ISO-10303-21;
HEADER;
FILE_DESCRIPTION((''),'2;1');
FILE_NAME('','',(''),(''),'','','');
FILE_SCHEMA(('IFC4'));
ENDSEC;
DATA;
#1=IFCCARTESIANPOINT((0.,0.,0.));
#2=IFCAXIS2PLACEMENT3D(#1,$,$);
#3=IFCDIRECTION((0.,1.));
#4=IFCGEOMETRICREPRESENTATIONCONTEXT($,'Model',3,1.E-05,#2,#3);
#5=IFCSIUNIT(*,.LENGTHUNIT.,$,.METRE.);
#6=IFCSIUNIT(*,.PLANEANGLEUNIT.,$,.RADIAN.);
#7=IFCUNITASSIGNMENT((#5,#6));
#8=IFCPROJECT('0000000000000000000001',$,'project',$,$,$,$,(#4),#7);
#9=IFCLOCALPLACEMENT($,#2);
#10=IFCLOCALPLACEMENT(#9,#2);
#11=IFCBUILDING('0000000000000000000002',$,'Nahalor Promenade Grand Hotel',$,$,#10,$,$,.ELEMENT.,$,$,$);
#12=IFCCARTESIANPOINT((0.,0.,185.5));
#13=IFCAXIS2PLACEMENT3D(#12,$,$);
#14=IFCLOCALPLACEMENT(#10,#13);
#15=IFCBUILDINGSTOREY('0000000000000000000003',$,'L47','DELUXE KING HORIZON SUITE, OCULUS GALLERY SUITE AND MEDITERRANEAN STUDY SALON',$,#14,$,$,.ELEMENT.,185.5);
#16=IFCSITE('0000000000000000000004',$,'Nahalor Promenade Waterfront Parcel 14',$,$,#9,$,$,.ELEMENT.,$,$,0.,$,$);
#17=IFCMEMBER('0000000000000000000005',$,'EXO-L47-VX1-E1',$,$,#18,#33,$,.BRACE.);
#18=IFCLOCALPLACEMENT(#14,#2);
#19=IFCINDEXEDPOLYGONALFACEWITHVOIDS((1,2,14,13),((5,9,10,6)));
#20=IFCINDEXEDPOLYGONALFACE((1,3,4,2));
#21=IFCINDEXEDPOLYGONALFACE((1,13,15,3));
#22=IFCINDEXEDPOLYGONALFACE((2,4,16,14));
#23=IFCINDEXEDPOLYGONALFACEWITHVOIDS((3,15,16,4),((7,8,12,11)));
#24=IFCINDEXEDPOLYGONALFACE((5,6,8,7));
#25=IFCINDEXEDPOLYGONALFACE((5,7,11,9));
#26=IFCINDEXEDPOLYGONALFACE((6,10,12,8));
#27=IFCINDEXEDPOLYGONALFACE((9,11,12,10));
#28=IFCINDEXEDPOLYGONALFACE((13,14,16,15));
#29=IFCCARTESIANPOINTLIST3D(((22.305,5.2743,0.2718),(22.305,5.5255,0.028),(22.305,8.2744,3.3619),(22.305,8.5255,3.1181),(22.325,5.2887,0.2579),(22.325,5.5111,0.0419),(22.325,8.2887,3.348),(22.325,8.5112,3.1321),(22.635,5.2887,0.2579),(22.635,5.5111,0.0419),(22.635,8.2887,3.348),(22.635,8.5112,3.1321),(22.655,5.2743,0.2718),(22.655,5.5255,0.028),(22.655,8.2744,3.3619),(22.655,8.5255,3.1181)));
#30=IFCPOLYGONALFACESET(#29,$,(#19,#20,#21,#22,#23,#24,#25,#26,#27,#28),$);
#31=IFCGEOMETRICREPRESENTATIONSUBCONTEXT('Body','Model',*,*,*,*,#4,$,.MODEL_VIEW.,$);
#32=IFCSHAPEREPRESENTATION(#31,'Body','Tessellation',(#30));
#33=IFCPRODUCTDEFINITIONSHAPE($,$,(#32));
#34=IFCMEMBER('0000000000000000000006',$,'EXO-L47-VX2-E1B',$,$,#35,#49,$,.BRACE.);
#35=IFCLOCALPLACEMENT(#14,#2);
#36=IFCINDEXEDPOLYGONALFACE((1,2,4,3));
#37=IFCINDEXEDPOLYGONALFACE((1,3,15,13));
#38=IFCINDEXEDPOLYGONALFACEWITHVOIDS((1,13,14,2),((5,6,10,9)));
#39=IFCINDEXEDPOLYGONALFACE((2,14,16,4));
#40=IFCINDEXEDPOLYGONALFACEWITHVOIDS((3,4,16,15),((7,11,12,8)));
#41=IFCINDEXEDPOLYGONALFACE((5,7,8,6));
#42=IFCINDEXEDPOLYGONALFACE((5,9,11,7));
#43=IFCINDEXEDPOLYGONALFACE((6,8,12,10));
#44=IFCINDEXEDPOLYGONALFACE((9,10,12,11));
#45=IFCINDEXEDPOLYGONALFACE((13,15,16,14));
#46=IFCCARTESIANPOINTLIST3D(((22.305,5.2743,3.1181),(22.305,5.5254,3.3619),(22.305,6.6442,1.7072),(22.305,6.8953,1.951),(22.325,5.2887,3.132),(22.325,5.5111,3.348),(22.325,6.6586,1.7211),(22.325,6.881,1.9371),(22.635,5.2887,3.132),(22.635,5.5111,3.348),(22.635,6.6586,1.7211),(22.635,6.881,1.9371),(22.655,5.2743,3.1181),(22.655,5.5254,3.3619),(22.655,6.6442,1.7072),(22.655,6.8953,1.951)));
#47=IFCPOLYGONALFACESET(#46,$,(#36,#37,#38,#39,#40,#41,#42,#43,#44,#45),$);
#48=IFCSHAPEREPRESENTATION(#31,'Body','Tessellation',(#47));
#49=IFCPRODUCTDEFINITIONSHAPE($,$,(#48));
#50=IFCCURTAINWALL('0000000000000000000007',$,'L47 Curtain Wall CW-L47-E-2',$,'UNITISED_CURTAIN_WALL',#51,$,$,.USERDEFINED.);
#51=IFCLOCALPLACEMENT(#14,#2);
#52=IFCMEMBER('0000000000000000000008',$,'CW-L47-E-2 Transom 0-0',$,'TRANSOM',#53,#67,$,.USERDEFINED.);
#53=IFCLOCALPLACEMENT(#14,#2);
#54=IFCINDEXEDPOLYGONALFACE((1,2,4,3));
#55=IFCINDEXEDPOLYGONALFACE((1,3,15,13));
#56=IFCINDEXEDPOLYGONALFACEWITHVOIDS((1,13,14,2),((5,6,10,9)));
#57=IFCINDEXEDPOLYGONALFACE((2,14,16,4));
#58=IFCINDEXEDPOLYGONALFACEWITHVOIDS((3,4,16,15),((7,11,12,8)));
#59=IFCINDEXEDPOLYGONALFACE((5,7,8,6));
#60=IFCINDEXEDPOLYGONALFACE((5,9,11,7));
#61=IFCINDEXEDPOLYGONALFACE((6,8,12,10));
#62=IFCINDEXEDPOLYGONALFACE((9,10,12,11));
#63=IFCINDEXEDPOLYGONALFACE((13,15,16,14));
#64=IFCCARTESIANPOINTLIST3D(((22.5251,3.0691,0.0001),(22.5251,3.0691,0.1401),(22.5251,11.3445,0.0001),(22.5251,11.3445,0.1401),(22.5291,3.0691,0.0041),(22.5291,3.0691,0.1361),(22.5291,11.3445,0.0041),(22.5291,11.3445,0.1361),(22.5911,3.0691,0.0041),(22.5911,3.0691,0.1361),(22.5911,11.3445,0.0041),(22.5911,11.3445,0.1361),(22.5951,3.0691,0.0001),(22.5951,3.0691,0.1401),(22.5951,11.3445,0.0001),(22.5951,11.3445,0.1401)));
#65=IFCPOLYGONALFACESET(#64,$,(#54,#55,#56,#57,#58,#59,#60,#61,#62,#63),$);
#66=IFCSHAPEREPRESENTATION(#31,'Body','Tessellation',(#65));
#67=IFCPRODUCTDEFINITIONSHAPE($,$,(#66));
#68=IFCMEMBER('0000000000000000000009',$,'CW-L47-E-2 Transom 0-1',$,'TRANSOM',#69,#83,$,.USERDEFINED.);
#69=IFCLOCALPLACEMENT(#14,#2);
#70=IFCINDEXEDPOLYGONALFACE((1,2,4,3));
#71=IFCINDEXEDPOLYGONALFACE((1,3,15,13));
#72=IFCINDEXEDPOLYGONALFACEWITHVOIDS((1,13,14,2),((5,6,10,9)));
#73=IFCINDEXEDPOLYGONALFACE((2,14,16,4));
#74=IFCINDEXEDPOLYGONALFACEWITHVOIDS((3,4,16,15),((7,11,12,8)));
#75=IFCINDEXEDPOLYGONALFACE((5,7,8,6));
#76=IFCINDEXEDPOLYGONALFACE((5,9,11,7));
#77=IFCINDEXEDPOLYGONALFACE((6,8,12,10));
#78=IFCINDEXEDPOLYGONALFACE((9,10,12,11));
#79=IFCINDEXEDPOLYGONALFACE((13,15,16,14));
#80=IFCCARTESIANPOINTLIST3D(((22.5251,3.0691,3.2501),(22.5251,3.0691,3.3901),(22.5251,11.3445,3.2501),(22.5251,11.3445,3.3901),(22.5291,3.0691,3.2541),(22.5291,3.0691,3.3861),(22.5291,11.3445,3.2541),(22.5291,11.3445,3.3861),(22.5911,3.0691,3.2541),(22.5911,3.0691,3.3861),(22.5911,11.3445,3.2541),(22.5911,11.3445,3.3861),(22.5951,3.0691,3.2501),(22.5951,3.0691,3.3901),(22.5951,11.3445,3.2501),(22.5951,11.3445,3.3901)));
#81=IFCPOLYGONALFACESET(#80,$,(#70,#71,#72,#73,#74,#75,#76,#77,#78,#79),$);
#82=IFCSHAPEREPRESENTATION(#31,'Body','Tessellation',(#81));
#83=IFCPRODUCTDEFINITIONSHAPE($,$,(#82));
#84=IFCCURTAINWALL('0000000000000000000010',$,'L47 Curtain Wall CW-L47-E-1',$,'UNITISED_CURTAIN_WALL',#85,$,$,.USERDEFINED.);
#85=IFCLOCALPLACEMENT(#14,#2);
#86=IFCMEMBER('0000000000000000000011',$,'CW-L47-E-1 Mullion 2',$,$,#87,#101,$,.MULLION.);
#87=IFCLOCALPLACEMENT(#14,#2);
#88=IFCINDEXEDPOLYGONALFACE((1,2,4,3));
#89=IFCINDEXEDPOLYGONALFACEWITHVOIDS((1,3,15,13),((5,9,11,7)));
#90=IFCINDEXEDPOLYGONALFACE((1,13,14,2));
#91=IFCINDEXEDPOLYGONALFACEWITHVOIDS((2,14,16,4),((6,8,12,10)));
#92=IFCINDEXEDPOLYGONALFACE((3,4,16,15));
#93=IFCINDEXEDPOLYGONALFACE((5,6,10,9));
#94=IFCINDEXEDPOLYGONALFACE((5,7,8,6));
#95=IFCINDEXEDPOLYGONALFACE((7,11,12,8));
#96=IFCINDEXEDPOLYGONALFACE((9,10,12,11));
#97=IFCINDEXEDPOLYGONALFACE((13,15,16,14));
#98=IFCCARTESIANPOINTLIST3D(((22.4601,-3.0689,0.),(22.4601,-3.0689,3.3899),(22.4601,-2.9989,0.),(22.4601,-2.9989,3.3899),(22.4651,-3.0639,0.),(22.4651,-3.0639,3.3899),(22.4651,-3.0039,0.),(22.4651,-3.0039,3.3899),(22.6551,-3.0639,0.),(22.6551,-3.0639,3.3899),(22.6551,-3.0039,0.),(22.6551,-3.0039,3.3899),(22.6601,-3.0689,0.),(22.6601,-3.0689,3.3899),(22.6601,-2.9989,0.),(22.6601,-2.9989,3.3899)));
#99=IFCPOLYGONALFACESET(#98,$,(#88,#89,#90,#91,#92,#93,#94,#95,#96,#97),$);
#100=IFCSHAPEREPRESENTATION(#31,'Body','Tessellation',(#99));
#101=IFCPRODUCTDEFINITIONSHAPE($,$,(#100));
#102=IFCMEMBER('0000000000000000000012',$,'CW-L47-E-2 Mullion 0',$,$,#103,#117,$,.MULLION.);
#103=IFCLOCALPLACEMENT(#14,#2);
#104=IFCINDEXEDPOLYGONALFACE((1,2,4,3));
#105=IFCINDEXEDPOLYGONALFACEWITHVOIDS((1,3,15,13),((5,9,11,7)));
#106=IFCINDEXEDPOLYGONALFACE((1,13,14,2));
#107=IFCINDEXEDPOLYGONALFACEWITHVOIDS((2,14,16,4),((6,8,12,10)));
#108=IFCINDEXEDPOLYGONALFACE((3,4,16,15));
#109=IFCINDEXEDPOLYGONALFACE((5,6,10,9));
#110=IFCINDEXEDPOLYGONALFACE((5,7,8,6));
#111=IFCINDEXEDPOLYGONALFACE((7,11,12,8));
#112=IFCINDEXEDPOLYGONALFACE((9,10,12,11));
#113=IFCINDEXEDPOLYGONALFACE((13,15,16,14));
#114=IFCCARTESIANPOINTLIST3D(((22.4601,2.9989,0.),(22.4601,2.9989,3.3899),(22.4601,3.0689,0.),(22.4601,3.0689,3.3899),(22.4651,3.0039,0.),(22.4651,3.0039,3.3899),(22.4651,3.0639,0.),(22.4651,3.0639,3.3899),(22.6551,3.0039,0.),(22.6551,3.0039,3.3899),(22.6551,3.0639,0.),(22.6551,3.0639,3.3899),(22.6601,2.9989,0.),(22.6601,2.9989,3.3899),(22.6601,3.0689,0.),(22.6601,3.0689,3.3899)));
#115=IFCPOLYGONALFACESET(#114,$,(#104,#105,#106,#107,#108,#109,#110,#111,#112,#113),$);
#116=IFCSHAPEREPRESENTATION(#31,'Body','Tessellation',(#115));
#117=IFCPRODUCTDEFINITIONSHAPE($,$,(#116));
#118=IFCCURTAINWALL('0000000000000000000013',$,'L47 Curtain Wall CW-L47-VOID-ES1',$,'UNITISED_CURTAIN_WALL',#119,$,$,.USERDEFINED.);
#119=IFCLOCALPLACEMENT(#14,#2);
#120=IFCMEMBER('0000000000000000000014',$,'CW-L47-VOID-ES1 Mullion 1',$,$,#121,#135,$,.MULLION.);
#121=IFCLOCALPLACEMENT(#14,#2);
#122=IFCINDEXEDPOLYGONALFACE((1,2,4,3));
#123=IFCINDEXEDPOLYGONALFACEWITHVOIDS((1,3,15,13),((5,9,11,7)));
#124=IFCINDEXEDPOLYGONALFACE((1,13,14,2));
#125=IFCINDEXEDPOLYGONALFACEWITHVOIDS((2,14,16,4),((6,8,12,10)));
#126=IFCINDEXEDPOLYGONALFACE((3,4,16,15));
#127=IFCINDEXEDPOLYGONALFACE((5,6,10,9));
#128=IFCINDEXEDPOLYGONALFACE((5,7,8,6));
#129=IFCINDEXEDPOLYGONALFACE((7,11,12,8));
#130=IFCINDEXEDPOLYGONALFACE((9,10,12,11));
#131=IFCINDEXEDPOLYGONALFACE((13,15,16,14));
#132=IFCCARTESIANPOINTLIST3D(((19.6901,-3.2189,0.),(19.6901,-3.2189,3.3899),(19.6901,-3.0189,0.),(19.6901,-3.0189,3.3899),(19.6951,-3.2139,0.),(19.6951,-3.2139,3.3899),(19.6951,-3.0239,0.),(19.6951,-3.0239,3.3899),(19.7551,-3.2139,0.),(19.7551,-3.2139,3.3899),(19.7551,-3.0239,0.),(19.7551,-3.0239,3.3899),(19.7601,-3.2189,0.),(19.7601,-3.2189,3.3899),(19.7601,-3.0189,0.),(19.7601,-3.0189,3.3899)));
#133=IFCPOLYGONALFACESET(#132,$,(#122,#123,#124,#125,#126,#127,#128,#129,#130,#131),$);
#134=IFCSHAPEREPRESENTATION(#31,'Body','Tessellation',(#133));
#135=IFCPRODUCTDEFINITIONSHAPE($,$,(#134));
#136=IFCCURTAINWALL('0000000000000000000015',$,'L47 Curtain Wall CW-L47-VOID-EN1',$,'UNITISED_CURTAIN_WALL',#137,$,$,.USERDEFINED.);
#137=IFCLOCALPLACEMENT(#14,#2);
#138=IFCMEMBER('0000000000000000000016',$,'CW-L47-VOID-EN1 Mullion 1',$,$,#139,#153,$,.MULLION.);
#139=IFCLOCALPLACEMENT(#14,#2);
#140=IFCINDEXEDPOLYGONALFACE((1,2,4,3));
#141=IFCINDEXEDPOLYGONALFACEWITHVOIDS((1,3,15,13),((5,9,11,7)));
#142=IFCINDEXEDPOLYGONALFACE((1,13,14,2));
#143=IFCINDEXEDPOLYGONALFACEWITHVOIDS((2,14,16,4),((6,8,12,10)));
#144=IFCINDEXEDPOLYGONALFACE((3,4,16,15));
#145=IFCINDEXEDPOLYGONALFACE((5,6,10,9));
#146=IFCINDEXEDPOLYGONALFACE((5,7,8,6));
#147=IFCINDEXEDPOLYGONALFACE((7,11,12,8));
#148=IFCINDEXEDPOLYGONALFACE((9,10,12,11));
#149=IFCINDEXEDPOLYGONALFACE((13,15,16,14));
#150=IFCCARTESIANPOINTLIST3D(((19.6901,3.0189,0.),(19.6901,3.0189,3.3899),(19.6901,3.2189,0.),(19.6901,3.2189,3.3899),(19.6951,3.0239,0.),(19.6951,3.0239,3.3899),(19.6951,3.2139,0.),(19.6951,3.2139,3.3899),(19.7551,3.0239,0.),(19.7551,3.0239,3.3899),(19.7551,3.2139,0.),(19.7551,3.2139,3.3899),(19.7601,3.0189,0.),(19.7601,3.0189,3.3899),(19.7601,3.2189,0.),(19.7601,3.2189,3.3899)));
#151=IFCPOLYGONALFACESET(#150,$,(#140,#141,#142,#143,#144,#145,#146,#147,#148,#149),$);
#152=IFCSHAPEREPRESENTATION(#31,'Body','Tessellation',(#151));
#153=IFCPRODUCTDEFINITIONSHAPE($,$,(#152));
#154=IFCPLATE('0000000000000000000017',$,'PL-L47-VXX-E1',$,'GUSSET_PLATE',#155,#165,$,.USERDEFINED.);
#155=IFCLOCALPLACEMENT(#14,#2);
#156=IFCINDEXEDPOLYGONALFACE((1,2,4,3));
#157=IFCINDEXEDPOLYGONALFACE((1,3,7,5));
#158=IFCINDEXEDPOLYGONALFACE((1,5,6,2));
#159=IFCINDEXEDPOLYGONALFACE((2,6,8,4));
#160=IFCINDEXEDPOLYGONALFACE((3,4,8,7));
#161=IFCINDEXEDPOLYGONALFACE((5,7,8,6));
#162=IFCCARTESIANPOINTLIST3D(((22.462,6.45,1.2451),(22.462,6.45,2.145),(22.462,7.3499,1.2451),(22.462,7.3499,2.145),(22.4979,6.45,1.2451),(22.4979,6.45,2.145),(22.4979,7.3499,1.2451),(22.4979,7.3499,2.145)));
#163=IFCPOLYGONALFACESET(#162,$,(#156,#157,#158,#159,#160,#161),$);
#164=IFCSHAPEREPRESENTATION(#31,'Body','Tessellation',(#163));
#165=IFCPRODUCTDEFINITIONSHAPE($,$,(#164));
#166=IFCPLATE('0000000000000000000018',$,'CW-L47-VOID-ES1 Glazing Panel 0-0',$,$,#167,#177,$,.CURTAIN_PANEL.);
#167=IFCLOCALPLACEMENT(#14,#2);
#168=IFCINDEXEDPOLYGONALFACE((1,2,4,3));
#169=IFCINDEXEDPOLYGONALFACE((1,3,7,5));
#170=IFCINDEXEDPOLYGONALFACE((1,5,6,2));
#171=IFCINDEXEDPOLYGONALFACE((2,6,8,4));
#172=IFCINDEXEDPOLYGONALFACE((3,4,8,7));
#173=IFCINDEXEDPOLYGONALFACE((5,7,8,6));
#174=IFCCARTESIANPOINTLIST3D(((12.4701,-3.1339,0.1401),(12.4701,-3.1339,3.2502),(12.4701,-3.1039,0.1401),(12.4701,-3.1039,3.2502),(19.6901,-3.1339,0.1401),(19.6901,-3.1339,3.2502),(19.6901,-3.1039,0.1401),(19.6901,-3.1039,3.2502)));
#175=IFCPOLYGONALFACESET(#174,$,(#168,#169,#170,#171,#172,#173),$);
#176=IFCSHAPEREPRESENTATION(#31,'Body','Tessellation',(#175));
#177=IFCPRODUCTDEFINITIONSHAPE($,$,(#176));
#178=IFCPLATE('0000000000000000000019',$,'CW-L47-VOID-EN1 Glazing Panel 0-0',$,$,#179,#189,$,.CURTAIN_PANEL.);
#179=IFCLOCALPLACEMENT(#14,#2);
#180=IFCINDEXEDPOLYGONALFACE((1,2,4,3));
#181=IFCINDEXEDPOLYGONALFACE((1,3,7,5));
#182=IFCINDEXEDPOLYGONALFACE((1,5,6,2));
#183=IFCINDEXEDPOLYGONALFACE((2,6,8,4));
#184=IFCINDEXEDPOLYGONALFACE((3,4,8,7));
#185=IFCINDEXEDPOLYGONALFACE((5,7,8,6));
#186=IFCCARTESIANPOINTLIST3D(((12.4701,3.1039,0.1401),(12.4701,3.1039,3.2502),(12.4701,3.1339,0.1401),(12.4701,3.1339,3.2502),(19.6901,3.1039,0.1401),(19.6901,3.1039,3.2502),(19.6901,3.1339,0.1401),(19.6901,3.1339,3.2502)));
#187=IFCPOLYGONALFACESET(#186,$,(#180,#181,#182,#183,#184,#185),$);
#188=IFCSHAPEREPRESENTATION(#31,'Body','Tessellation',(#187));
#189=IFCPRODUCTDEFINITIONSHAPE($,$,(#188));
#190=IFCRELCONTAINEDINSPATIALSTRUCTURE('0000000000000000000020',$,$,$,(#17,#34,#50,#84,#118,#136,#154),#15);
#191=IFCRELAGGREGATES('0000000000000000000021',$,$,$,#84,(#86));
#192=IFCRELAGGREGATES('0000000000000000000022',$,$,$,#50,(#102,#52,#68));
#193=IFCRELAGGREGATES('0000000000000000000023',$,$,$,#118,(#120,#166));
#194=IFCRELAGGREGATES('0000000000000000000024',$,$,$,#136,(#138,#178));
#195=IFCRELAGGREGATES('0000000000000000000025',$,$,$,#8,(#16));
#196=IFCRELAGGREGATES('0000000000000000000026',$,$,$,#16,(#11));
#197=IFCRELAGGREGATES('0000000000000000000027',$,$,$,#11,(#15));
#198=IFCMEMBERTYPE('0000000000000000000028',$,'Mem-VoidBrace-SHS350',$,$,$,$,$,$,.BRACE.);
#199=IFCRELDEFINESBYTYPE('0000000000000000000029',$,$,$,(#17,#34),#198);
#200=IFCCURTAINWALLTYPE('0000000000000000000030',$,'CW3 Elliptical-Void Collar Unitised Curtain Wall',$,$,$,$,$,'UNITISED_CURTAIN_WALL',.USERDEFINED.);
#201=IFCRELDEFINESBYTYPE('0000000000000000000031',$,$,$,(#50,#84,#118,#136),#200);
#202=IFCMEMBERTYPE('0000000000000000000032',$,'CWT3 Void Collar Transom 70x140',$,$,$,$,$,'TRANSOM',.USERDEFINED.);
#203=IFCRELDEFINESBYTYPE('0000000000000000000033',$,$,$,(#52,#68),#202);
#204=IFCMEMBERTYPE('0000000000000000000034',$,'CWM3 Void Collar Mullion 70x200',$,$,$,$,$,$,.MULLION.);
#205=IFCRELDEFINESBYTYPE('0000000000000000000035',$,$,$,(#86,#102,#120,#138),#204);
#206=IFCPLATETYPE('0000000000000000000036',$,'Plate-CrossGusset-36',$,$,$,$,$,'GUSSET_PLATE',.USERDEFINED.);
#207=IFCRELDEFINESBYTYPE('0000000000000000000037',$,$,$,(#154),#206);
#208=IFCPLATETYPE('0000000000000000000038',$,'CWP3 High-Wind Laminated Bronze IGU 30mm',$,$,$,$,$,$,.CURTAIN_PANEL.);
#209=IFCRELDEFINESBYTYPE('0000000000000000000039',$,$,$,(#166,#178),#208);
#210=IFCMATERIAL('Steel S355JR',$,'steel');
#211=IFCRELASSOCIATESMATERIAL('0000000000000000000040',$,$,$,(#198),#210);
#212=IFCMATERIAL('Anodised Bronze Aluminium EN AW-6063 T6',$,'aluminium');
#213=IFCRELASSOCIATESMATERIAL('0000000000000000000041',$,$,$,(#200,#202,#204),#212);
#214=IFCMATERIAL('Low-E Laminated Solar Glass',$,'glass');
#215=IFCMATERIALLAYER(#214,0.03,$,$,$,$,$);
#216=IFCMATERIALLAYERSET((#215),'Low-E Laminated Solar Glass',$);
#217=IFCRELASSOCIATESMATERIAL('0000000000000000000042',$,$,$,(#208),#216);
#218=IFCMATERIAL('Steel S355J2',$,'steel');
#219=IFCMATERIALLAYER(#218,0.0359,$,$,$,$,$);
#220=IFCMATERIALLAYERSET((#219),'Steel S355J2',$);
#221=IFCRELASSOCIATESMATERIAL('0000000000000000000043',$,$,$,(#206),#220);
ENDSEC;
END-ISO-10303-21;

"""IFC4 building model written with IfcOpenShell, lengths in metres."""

from ifc_helpers import new_model, si_unit, direction, frame, origin, origin_2d, place, context, subcontext, project, spatial, rectangle, hollow_rectangle, extrude, source, transform, mapped, material, layer, layer_set, material_profile, profile_set, type_object, element, aggregate, save


model = new_model("IFC4")

# Units and contexts
model_context = context("Model", 3, precision=1e-05, world=origin(), true_north=direction((0.0, 1.0)))
body_context = subcontext(model_context, "Body", "Model", "MODEL_VIEW")
ifc_project = project(units=[si_unit("LENGTHUNIT", "METRE"), si_unit("PLANEANGLEUNIT", "RADIAN")], contexts=[model_context])

# Site, building, storey
site_placement = place(None, origin())
site = spatial("IfcSite", under=ifc_project, at=site_placement, Name="Nahalor Promenade Waterfront Parcel 14", CompositionType="ELEMENT", RefElevation=0.0)
building_placement = place(site_placement, origin())
building = spatial("IfcBuilding", under=site, at=building_placement, Name="Nahalor Promenade Grand Hotel", CompositionType="ELEMENT")
storey_placement = place(building_placement, frame((0.0, 0.0, 185.5)))
storey = spatial("IfcBuildingStorey", under=building, at=storey_placement, Name="L47", Description="DELUXE KING HORIZON SUITE, OCULUS GALLERY SUITE AND MEDITERRANEAN STUDY SALON", CompositionType="ELEMENT", Elevation=185.5)

# Shared definitions
ifc_material_1 = material(Name="Steel S355J2", Category="steel")

# Shared definitions
ifc_material_2 = material(Name="Steel S355JR", Category="steel")

# Members
ifc_material_profile_1 = material_profile(ifc_material_2, hollow_rectangle(XDim=0.35, YDim=0.35, WallThickness=0.02, at=origin_2d()), Name="SHS 350x350x20")
ifc_profile_set_1 = profile_set([ifc_material_profile_1], Name="Steel S355JR")
member_type_1 = type_object("IfcMemberType", Name="Mem-VoidBrace-SHS350", PredefinedType="BRACE", material=ifc_profile_set_1)
shared_shape_1 = source(origin(), body_context, "Body", "SweptSolid", [
    extrude(hollow_rectangle(XDim=0.35, YDim=0.35, WallThickness=0.02, at=origin_2d()), origin(), (0.0, 0.0, 1.0), 4.3069),
])
member_1_placement = place(storey_placement, frame((22.48, 5.3999, 0.1499), z_axis=(0.0, 0.696571, 0.717488), x_axis=(-1.0, 0.0, 0.0)))
element("IfcMember", 1, at=member_1_placement, inside=storey, type_object=member_type_1, Name="EXO-L47-VX1-E1", PredefinedType="BRACE", context=body_context, shape_type="MappedRepresentation", body=[
    mapped(shared_shape_1, transform((0.0, 0.0, 0.0), scale=1.0)),
])
shared_shape_2 = source(origin(), body_context, "Body", "SweptSolid", [
    extrude(hollow_rectangle(XDim=0.35, YDim=0.35, WallThickness=0.02, at=origin_2d()), origin(), (0.0, 0.0, 1.0), 1.9666),
])
member_2_placement = place(storey_placement, frame((22.48, 6.7698, 1.8291), z_axis=(0.0, -0.696601, 0.717458), x_axis=(1.0, 0.0, 0.0)))
element("IfcMember", 2, at=member_2_placement, inside=storey, type_object=member_type_1, Name="EXO-L47-VX2-E1B", PredefinedType="BRACE", context=body_context, shape_type="MappedRepresentation", body=[
    mapped(shared_shape_2, transform((0.0, 0.0, 0.0), scale=1.0)),
])

# Curtain wall, members
ifc_material_3 = material(Name="Anodised Bronze Aluminium EN AW-6063 T6", Category="aluminium")
curtain_wall_type = type_object("IfcCurtainWallType", Name="CW3 Elliptical-Void Collar Unitised Curtain Wall", ElementType="UNITISED_CURTAIN_WALL", PredefinedType="USERDEFINED", material=ifc_material_3)
curtain_wall_1_placement = place(storey_placement, origin())
curtain_wall_1 = element("IfcCurtainWall", 3, at=curtain_wall_1_placement, inside=storey, type_object=curtain_wall_type, Name="L47 Curtain Wall CW-L47-E-2", ObjectType="UNITISED_CURTAIN_WALL", PredefinedType="USERDEFINED")
ifc_material_profile_2 = material_profile(ifc_material_3, hollow_rectangle(XDim=0.07, YDim=0.14, WallThickness=0.004, at=origin_2d()), Name="CWT 70x140x4")
ifc_profile_set_2 = profile_set([ifc_material_profile_2], Name="Anodised Bronze Aluminium EN AW-6063 T6")
member_type_2 = type_object("IfcMemberType", Name="CWT3 Void Collar Transom 70x140", ElementType="TRANSOM", PredefinedType="USERDEFINED", material=ifc_profile_set_2)
shared_shape_3 = source(origin(), body_context, "Body", "SweptSolid", [
    extrude(hollow_rectangle(XDim=0.07, YDim=0.14, WallThickness=0.004, at=origin_2d()), origin(), (0.0, 0.0, 1.0), 8.2754),
])
member_3_placement = place(storey_placement, frame((22.5601, 3.0691, 0.0701), z_axis=(0.0, 1.0, 0.0), x_axis=(-1.0, 0.0, 0.0)))
member_3 = element("IfcMember", 4, at=member_3_placement, type_object=member_type_2, Name="CW-L47-E-2 Transom 0-0", ObjectType="TRANSOM", PredefinedType="USERDEFINED", context=body_context, shape_type="MappedRepresentation", body=[
    mapped(shared_shape_3, transform((0.0, 0.0, 0.0), scale=1.0)),
])
member_4_placement = place(storey_placement, frame((22.5601, 3.0691, 3.3201), z_axis=(0.0, 1.0, 0.0), x_axis=(-1.0, 0.0, 0.0)))
member_4 = element("IfcMember", 5, at=member_4_placement, type_object=member_type_2, Name="CW-L47-E-2 Transom 0-1", ObjectType="TRANSOM", PredefinedType="USERDEFINED", context=body_context, shape_type="MappedRepresentation", body=[
    mapped(shared_shape_3, transform((0.0, 0.0, 0.0), scale=1.0)),
])

# Curtain wall, member
curtain_wall_2_placement = place(storey_placement, origin())
curtain_wall_2 = element("IfcCurtainWall", 6, at=curtain_wall_2_placement, inside=storey, type_object=curtain_wall_type, Name="L47 Curtain Wall CW-L47-E-1", ObjectType="UNITISED_CURTAIN_WALL", PredefinedType="USERDEFINED")
ifc_material_profile_3 = material_profile(ifc_material_3, hollow_rectangle(XDim=0.07, YDim=0.2, WallThickness=0.005, at=origin_2d()), Name="CWM 70x200x5")
ifc_profile_set_3 = profile_set([ifc_material_profile_3], Name="Anodised Bronze Aluminium EN AW-6063 T6")
member_type_3 = type_object("IfcMemberType", Name="CWM3 Void Collar Mullion 70x200", PredefinedType="MULLION", material=ifc_profile_set_3)
shared_shape_4 = source(origin(), body_context, "Body", "SweptSolid", [
    extrude(hollow_rectangle(XDim=0.07, YDim=0.2, WallThickness=0.005, at=origin_2d()), origin(), (0.0, 0.0, 1.0), 3.3899),
])
member_5_placement = place(storey_placement, frame((22.5601, -3.0339, 0.0), z_axis=(0.0, 0.0, 1.0), x_axis=(0.0, 1.0, 0.0)))
member_5 = element("IfcMember", 7, at=member_5_placement, type_object=member_type_3, Name="CW-L47-E-1 Mullion 2", PredefinedType="MULLION", context=body_context, shape_type="MappedRepresentation", body=[
    mapped(shared_shape_4, transform((0.0, 0.0, 0.0), scale=1.0)),
])
aggregate(curtain_wall_2, [member_5])

# Member
member_6_placement = place(storey_placement, frame((22.5601, 3.0339, 0.0), z_axis=(0.0, 0.0, 1.0), x_axis=(0.0, 1.0, 0.0)))
member_6 = element("IfcMember", 8, at=member_6_placement, type_object=member_type_3, Name="CW-L47-E-2 Mullion 0", PredefinedType="MULLION", context=body_context, shape_type="MappedRepresentation", body=[
    mapped(shared_shape_4, transform((0.0, 0.0, 0.0), scale=1.0)),
])

# Curtain walls, members
curtain_wall_3_placement = place(storey_placement, origin())
curtain_wall_3 = element("IfcCurtainWall", 9, at=curtain_wall_3_placement, inside=storey, type_object=curtain_wall_type, Name="L47 Curtain Wall CW-L47-VOID-ES1", ObjectType="UNITISED_CURTAIN_WALL", PredefinedType="USERDEFINED")
member_7_placement = place(storey_placement, frame((19.7251, -3.1189, 0.0), z_axis=(0.0, 0.0, 1.0), x_axis=(1.0, 0.0, 0.0)))
member_7 = element("IfcMember", 10, at=member_7_placement, type_object=member_type_3, Name="CW-L47-VOID-ES1 Mullion 1", PredefinedType="MULLION", context=body_context, shape_type="MappedRepresentation", body=[
    mapped(shared_shape_4, transform((0.0, 0.0, 0.0), scale=1.0)),
])
curtain_wall_4_placement = place(storey_placement, origin())
curtain_wall_4 = element("IfcCurtainWall", 11, at=curtain_wall_4_placement, inside=storey, type_object=curtain_wall_type, Name="L47 Curtain Wall CW-L47-VOID-EN1", ObjectType="UNITISED_CURTAIN_WALL", PredefinedType="USERDEFINED")
member_8_placement = place(storey_placement, frame((19.7251, 3.1189, 0.0), z_axis=(0.0, 0.0, 1.0), x_axis=(1.0, 0.0, 0.0)))
member_8 = element("IfcMember", 12, at=member_8_placement, type_object=member_type_3, Name="CW-L47-VOID-EN1 Mullion 1", PredefinedType="MULLION", context=body_context, shape_type="MappedRepresentation", body=[
    mapped(shared_shape_4, transform((0.0, 0.0, 0.0), scale=1.0)),
])

# Plates
ifc_material_4 = material(Name="Low-E Laminated Solar Glass", Category="glass")
ifc_layer_1 = layer(ifc_material_4, 0.03)
ifc_layer_set_1 = layer_set([ifc_layer_1], Name="Low-E Laminated Solar Glass")
plate_type_1 = type_object("IfcPlateType", Name="CWP3 High-Wind Laminated Bronze IGU 30mm", PredefinedType="CURTAIN_PANEL", material=ifc_layer_set_1)
aggregate(curtain_wall_1, [member_6, member_3, member_4])
ifc_layer_2 = layer(ifc_material_1, 0.0359)
ifc_layer_set_2 = layer_set([ifc_layer_2], Name="Steel S355J2")
plate_type_2 = type_object("IfcPlateType", Name="Plate-CrossGusset-36", ElementType="GUSSET_PLATE", PredefinedType="USERDEFINED", material=ifc_layer_set_2)
shared_shape_5 = source(origin(), body_context, "Body", "SweptSolid", [
    extrude(rectangle(XDim=0.8999, YDim=0.0359, at=origin_2d()), origin(), (0.0, 0.0, 1.0), 0.8999),
])
plate_1_placement = place(storey_placement, frame((22.48, 6.8999, 1.2451), z_axis=(0.0, 0.0, 1.0), x_axis=(0.0, 1.0, 0.0)))
element("IfcPlate", 13, at=plate_1_placement, inside=storey, type_object=plate_type_2, Name="PL-L47-VXX-E1", ObjectType="GUSSET_PLATE", PredefinedType="USERDEFINED", context=body_context, shape_type="MappedRepresentation", body=[
    mapped(shared_shape_5, transform((0.0, 0.0, 0.0), scale=1.0)),
])
shared_shape_6 = source(origin(), body_context, "Body", "SweptSolid", [
    extrude(rectangle(XDim=7.22, YDim=0.03, at=origin_2d()), origin(), (0.0, 0.0, 1.0), 3.1101),
])
plate_2_placement = place(storey_placement, frame((16.0801, -3.1189, 0.1401), z_axis=(0.0, 0.0, 1.0), x_axis=(1.0, 0.0, 0.0)))
plate_2 = element("IfcPlate", 14, at=plate_2_placement, type_object=plate_type_1, Name="CW-L47-VOID-ES1 Glazing Panel 0-0", PredefinedType="CURTAIN_PANEL", context=body_context, shape_type="MappedRepresentation", body=[
    mapped(shared_shape_6, transform((0.0, 0.0, 0.0), scale=1.0)),
])
aggregate(curtain_wall_3, [member_7, plate_2])
plate_3_placement = place(storey_placement, frame((16.0801, 3.1189, 0.1401), z_axis=(0.0, 0.0, 1.0), x_axis=(1.0, 0.0, 0.0)))
plate_3 = element("IfcPlate", 15, at=plate_3_placement, type_object=plate_type_1, Name="CW-L47-VOID-EN1 Glazing Panel 0-0", PredefinedType="CURTAIN_PANEL", context=body_context, shape_type="MappedRepresentation", body=[
    mapped(shared_shape_6, transform((0.0, 0.0, 0.0), scale=1.0)),
])
aggregate(curtain_wall_4, [member_8, plate_3])

save(model, "model.ifc")
